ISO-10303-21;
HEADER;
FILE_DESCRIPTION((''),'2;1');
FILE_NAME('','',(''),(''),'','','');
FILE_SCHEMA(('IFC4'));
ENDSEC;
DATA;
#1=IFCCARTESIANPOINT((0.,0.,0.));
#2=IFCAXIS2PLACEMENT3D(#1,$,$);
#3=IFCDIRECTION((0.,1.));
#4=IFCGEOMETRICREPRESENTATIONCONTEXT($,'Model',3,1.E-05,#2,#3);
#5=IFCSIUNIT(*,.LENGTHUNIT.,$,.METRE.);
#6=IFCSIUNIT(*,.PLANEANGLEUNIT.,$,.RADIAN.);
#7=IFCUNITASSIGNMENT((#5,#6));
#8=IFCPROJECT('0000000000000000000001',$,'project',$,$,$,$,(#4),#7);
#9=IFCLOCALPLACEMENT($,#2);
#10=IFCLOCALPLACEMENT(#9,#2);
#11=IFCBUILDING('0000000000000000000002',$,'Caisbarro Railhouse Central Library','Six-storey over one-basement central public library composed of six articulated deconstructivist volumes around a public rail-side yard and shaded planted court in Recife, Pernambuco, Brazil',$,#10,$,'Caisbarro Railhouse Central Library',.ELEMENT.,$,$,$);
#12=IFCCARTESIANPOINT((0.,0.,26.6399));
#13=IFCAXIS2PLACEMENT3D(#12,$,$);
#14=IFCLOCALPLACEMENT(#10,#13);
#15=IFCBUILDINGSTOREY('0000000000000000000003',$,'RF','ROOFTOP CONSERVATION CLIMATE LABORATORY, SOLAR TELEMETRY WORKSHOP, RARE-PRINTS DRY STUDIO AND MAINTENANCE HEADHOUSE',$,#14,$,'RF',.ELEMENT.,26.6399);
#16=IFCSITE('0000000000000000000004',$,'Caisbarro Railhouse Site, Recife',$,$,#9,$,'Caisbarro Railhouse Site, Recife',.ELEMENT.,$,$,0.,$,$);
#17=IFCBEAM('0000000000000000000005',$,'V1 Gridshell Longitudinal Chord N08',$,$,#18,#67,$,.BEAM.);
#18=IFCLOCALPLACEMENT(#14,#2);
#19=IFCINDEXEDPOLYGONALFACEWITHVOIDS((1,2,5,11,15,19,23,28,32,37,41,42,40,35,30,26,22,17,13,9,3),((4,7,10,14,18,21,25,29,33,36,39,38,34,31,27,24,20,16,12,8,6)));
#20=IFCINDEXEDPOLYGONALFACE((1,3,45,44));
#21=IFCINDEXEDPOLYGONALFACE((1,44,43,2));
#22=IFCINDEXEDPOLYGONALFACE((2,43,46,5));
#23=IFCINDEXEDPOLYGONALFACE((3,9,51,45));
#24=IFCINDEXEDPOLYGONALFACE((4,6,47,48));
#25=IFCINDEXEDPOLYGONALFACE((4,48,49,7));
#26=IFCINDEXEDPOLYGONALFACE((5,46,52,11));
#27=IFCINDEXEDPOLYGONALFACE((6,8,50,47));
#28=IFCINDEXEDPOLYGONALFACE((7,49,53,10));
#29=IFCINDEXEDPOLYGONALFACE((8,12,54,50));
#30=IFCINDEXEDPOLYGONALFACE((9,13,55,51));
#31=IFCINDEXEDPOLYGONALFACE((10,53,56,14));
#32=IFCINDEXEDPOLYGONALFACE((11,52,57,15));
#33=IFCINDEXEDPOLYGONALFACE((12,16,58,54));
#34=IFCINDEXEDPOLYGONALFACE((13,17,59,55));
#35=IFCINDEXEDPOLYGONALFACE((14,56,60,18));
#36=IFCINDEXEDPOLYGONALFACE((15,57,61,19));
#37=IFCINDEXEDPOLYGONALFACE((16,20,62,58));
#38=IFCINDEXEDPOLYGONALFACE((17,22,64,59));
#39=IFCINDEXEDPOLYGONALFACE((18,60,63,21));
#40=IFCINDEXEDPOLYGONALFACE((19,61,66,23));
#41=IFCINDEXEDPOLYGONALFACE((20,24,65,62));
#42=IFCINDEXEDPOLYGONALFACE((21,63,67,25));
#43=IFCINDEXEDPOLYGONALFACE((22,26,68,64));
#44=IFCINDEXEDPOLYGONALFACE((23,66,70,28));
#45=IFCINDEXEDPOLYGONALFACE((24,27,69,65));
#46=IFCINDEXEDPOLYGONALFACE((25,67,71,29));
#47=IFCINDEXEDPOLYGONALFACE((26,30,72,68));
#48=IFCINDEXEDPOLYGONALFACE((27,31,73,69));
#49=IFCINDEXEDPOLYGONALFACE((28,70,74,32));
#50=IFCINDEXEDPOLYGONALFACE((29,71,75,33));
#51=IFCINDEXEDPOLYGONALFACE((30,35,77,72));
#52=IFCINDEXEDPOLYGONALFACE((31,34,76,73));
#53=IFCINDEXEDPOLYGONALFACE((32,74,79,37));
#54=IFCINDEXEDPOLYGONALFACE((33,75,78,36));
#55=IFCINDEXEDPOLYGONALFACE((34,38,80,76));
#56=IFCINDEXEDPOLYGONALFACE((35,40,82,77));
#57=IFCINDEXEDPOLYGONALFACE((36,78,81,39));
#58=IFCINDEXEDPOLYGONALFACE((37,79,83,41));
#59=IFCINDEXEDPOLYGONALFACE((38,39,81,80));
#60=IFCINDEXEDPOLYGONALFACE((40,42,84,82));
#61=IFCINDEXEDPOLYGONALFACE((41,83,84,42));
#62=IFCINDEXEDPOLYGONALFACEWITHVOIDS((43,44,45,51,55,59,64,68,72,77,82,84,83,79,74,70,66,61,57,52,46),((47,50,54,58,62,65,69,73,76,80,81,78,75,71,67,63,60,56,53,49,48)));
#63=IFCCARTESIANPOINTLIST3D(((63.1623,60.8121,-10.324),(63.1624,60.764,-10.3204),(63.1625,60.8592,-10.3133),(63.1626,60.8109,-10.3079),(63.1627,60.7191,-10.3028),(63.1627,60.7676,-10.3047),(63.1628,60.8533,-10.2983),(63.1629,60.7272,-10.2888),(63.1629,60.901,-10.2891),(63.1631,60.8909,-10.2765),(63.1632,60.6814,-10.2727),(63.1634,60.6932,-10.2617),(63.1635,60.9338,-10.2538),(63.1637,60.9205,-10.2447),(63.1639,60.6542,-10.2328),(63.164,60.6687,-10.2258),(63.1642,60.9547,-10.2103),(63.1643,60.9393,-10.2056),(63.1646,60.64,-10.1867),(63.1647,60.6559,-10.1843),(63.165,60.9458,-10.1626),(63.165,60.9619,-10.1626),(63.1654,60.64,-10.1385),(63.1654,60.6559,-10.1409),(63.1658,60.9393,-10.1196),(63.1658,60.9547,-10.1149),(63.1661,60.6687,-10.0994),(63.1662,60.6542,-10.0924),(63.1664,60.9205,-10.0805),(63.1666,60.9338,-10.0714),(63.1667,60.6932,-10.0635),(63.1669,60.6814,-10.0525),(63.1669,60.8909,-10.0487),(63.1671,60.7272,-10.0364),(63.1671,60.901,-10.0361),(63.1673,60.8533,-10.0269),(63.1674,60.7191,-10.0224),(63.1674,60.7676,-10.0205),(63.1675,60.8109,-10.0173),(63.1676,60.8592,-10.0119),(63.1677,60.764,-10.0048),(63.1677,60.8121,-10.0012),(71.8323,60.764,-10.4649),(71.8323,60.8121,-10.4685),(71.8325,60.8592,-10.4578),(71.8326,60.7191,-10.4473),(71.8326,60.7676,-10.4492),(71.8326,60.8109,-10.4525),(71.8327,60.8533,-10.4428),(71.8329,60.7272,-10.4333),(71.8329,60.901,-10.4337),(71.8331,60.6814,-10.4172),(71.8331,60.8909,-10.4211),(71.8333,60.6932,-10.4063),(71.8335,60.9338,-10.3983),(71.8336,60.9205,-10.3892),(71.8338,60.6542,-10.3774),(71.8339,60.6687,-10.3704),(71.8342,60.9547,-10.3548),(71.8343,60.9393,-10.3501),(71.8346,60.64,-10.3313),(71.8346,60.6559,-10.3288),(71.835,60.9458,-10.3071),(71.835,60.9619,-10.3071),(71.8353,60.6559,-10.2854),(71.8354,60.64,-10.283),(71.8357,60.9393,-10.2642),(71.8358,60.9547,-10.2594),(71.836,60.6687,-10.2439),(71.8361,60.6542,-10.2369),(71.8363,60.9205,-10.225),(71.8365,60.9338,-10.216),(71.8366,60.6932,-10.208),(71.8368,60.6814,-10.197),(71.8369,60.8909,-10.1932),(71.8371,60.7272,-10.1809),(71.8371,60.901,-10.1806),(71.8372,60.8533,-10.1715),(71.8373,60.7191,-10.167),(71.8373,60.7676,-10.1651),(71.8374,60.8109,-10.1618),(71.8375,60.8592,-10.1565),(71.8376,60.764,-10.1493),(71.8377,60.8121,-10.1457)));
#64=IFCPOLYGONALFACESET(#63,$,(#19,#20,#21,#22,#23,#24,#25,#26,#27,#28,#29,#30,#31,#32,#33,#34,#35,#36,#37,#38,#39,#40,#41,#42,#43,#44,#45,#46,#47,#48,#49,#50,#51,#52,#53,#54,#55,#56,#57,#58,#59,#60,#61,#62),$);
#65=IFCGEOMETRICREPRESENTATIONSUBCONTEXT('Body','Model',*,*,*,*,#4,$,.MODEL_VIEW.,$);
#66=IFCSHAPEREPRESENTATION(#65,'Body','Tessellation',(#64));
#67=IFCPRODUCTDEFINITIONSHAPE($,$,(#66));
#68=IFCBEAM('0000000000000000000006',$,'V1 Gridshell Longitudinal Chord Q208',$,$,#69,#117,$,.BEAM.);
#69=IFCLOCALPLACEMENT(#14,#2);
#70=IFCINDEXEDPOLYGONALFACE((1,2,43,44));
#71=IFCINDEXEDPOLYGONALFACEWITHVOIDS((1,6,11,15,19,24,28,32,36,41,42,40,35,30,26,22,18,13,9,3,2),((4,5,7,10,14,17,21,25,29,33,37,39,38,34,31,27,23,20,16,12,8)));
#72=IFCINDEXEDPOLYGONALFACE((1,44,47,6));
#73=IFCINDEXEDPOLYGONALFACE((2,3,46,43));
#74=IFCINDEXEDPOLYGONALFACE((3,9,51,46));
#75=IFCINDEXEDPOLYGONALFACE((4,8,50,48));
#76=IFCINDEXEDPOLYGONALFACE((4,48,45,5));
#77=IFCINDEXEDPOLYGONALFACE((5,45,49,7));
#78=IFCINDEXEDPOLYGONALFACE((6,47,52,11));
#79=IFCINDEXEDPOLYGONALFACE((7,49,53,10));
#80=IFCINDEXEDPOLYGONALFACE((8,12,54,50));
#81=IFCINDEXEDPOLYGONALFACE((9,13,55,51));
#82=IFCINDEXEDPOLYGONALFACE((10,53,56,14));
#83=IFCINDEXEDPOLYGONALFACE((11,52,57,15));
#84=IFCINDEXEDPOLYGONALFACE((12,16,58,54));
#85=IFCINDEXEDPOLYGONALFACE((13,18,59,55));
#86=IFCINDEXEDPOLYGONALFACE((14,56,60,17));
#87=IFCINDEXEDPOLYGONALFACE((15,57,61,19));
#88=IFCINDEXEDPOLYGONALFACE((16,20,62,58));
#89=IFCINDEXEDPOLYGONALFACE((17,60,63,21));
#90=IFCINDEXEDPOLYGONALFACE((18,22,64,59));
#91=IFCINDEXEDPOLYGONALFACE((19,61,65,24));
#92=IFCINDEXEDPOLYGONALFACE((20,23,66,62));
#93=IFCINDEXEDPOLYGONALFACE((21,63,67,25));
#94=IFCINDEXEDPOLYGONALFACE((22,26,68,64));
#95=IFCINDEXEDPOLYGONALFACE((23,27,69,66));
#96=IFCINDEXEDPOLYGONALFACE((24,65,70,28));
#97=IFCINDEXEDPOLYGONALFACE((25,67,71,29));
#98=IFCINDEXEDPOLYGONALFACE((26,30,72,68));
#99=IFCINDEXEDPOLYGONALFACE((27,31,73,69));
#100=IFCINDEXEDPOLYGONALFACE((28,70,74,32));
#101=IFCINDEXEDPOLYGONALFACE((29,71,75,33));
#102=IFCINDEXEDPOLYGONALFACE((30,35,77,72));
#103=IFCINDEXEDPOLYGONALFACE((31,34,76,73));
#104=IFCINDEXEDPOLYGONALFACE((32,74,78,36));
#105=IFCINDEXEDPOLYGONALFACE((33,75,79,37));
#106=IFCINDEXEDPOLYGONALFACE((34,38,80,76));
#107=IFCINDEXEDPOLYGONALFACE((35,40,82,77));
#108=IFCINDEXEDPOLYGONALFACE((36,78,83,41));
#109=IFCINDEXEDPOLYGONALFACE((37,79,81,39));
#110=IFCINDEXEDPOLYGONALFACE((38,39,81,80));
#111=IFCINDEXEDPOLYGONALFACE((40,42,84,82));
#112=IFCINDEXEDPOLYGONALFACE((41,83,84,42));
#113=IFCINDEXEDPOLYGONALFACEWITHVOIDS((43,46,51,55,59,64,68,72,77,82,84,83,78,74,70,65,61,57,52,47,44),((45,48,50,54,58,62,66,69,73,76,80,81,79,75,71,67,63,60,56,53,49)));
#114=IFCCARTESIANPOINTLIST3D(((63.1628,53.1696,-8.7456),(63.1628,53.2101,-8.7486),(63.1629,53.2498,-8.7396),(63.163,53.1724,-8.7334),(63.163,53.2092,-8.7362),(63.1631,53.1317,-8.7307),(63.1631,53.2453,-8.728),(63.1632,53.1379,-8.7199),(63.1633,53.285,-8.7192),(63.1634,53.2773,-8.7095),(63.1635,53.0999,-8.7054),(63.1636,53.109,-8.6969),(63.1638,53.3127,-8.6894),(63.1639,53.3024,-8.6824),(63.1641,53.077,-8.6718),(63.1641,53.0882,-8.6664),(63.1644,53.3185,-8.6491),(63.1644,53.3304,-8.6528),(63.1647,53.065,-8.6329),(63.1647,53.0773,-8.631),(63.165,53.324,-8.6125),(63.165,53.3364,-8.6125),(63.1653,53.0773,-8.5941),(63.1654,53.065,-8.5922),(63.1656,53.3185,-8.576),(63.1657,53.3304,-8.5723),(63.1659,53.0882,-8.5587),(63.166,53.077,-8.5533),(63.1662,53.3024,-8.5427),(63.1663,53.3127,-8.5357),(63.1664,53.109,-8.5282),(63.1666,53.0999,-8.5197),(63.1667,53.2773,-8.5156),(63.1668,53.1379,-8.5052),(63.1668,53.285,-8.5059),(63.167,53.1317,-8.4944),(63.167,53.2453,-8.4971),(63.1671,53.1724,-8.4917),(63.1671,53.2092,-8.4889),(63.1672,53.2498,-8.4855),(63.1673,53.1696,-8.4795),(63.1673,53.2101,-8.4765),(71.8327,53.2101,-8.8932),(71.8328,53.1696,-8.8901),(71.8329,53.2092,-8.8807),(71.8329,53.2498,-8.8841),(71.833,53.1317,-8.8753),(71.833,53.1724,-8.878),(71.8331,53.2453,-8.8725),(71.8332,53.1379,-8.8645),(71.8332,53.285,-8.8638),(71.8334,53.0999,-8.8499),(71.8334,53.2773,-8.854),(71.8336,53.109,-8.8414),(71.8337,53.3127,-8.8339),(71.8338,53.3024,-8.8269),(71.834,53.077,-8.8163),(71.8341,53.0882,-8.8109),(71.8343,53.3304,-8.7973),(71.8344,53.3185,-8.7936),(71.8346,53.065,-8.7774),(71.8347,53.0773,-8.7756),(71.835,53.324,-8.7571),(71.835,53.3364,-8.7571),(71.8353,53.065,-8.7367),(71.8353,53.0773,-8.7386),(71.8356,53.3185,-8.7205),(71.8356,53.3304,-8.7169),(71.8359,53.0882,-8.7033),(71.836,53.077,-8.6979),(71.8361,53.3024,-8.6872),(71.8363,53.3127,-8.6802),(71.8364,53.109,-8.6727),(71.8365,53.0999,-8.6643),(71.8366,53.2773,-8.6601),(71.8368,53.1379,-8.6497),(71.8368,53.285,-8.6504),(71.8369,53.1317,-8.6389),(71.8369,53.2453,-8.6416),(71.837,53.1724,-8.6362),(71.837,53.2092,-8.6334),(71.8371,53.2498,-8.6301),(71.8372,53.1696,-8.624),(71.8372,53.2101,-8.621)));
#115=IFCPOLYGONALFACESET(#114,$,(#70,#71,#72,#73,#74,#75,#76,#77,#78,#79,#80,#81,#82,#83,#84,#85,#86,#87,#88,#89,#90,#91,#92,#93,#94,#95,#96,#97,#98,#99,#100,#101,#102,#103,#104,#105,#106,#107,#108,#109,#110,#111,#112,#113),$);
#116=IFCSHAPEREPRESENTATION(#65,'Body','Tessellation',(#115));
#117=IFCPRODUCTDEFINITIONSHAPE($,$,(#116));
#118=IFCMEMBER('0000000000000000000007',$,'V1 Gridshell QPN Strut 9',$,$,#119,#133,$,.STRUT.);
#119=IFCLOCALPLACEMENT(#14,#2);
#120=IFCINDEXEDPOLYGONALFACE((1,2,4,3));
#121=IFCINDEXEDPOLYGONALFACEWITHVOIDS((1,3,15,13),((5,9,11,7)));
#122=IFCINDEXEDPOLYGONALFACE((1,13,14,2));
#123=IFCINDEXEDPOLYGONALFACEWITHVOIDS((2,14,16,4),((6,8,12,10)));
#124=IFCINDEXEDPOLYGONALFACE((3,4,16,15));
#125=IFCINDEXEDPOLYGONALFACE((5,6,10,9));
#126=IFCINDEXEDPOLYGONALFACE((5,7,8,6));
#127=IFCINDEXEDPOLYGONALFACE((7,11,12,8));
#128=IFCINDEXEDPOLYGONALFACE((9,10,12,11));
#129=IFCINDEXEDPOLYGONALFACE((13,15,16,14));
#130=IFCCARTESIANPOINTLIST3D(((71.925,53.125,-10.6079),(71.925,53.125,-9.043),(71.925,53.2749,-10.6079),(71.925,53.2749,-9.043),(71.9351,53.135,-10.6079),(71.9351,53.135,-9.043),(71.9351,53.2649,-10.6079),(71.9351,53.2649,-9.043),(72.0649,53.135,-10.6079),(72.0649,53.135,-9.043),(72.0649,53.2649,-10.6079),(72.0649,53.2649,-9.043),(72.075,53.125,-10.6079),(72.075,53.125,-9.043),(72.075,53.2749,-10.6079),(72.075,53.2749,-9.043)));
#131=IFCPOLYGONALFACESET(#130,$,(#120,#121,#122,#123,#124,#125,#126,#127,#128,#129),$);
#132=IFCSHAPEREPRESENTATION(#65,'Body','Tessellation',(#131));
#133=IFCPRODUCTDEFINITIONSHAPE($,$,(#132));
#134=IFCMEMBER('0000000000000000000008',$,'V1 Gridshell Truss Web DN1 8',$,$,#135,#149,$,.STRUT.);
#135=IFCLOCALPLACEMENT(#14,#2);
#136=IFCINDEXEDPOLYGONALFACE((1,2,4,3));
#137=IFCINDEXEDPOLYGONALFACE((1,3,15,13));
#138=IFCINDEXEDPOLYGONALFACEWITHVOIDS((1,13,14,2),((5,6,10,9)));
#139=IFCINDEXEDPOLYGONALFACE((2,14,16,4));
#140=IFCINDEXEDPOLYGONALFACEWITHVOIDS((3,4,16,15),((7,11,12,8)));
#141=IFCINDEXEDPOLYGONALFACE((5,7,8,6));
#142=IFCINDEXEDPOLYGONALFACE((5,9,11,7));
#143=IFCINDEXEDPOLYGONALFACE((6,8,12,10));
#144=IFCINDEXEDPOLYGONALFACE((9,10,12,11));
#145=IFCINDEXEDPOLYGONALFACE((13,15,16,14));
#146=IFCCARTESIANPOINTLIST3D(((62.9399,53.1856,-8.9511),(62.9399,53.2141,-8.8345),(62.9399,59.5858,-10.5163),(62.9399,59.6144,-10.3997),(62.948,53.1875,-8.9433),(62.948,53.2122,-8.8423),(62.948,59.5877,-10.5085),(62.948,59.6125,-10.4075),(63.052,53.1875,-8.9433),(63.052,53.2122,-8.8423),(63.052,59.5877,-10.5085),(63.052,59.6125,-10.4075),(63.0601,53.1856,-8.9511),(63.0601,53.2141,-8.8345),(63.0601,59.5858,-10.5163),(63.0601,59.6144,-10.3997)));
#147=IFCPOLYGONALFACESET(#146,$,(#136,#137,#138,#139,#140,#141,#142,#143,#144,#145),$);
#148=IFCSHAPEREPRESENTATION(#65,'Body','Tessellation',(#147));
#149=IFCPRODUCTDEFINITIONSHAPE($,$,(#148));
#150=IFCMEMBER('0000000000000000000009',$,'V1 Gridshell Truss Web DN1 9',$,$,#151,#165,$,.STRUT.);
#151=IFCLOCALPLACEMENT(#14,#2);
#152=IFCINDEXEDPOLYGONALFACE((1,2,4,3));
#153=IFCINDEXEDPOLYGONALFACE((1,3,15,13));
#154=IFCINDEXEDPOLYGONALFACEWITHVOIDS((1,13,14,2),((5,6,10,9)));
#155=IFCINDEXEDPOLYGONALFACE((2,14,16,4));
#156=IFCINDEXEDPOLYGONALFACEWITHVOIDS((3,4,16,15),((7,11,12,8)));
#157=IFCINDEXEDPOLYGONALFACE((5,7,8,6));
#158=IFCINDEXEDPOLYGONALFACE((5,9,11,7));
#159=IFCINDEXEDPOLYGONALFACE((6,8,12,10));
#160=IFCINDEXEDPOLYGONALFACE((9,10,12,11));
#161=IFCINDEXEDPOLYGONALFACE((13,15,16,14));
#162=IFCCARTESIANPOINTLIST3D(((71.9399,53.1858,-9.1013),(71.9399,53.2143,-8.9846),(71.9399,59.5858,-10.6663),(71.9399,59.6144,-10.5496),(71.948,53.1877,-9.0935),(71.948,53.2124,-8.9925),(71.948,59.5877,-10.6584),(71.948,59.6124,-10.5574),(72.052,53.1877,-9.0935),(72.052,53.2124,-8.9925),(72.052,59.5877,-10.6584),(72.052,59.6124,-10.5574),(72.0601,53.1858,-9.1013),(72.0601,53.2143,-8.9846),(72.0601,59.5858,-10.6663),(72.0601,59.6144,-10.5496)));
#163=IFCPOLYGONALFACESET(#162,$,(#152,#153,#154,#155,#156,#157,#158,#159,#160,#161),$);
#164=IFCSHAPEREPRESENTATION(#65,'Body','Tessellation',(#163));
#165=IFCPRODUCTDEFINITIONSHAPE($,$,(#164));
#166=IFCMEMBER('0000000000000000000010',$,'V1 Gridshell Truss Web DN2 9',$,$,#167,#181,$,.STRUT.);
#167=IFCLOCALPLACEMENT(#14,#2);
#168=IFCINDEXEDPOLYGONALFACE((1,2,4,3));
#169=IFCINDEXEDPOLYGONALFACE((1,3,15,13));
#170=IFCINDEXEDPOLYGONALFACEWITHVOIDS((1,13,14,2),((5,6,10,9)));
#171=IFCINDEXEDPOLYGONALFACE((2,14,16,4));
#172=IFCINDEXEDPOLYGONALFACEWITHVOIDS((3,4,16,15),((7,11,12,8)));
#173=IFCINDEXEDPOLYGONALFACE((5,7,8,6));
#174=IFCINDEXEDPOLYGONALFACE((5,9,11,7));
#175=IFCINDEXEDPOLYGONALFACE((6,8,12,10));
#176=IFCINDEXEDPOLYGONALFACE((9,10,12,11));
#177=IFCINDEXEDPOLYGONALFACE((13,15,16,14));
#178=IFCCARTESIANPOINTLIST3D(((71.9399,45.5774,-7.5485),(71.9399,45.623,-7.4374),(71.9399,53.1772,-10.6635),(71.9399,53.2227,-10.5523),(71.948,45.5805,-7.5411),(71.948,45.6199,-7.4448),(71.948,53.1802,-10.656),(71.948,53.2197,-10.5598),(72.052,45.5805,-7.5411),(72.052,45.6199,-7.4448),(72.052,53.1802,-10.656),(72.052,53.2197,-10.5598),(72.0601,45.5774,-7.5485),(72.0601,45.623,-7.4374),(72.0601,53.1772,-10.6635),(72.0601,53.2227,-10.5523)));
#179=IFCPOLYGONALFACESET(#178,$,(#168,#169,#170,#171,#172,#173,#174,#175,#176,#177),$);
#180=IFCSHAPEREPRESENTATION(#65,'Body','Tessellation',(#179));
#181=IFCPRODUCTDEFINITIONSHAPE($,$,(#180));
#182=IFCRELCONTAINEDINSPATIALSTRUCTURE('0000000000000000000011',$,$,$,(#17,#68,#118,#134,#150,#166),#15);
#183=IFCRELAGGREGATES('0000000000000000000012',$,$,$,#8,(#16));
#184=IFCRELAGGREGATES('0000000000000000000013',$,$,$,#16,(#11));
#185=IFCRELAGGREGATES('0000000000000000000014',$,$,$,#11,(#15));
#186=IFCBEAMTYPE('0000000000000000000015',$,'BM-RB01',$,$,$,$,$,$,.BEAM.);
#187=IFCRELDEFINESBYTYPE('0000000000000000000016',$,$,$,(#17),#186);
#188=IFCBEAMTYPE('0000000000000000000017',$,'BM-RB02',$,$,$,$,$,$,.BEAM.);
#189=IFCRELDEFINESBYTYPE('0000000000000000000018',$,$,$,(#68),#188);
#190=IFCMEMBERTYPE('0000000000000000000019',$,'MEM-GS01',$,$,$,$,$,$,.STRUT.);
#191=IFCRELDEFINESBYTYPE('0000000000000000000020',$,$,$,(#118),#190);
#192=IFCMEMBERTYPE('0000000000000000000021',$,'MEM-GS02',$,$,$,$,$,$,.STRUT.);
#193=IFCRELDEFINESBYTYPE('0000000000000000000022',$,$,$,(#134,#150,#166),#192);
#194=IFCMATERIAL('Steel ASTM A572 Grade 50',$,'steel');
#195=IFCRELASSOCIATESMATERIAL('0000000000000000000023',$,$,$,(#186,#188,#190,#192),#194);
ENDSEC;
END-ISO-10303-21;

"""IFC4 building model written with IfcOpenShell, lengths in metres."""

from ifc_helpers import new_model, si_unit, direction, frame, origin, origin_2d, place, context, subcontext, project, spatial, hollow_rectangle, hollow_circle, extrude, material, material_profile, profile_set, type_object, element, save


model = new_model("IFC4")

# Units and contexts
model_context = context("Model", 3, precision=1e-05, world=origin(), true_north=direction((0.0, 1.0)))
body_context = subcontext(model_context, "Body", "Model", "MODEL_VIEW")
ifc_project = project(units=[si_unit("LENGTHUNIT", "METRE"), si_unit("PLANEANGLEUNIT", "RADIAN")], contexts=[model_context])

# Site, building, storey
site_placement = place(None, origin())
site = spatial("IfcSite", under=ifc_project, at=site_placement, Name="Caisbarro Railhouse Site, Recife", LongName="Caisbarro Railhouse Site, Recife", CompositionType="ELEMENT", RefElevation=0.0)
building_placement = place(site_placement, origin())
building = spatial("IfcBuilding", under=site, at=building_placement, Name="Caisbarro Railhouse Central Library", Description="Six-storey over one-basement central public library composed of six articulated deconstructivist volumes around a public rail-side yard and shaded planted court in Recife, Pernambuco, Brazil", LongName="Caisbarro Railhouse Central Library", CompositionType="ELEMENT")
storey_placement = place(building_placement, frame((0.0, 0.0, 26.6399)))
storey = spatial("IfcBuildingStorey", under=building, at=storey_placement, Name="RF", Description="ROOFTOP CONSERVATION CLIMATE LABORATORY, SOLAR TELEMETRY WORKSHOP, RARE-PRINTS DRY STUDIO AND MAINTENANCE HEADHOUSE", LongName="RF", CompositionType="ELEMENT", Elevation=26.6399)

# Beams
ifc_material = material(Name="Steel ASTM A572 Grade 50", Category="steel")
ifc_material_profile_1 = material_profile(ifc_material, hollow_circle(Radius=0.1619, WallThickness=0.0161, at=origin_2d()), Name="CHS323.9X16.0")
ifc_profile_set_1 = profile_set([ifc_material_profile_1], Name="Steel ASTM A572 Grade 50")
beam_type_1 = type_object("IfcBeamType", Name="BM-RB01", PredefinedType="BEAM", material=ifc_profile_set_1)
beam_1_placement = place(storey_placement, frame((63.165, 60.8, -10.1626), z_axis=(0.999861, 0.0, -0.016668), x_axis=(0.0, 1.0, 0.0)))
element("IfcBeam", 1, at=beam_1_placement, inside=storey, type_object=beam_type_1, Name="V1 Gridshell Longitudinal Chord N08", PredefinedType="BEAM", context=body_context, shape_type="SweptSolid", body=[
    extrude(hollow_circle(Radius=0.1619, WallThickness=0.0161, at=origin_2d()), origin(), (0.0, 0.0, 1.0), 8.6711),
])
ifc_material_profile_2 = material_profile(ifc_material, hollow_circle(Radius=0.1365, WallThickness=0.0125, at=origin_2d()), Name="CHS273.0X12.5")
ifc_profile_set_2 = profile_set([ifc_material_profile_2], Name="Steel ASTM A572 Grade 50")
beam_type_2 = type_object("IfcBeamType", Name="BM-RB02", PredefinedType="BEAM", material=ifc_profile_set_2)
beam_2_placement = place(storey_placement, frame((63.165, 53.2, -8.6125), z_axis=(0.999861, 0.0, -0.016668), x_axis=(0.0, 1.0, 0.0)))
element("IfcBeam", 2, at=beam_2_placement, inside=storey, type_object=beam_type_2, Name="V1 Gridshell Longitudinal Chord Q208", PredefinedType="BEAM", context=body_context, shape_type="SweptSolid", body=[
    extrude(hollow_circle(Radius=0.1365, WallThickness=0.0125, at=origin_2d()), origin(), (0.0, 0.0, 1.0), 8.6711),
])

# Members
ifc_material_profile_3 = material_profile(ifc_material, hollow_rectangle(XDim=0.1499, YDim=0.1499, WallThickness=0.01, at=origin_2d()), Name="HSS150X150X10")
ifc_profile_set_3 = profile_set([ifc_material_profile_3], Name="Steel ASTM A572 Grade 50")
member_type_1 = type_object("IfcMemberType", Name="MEM-GS01", PredefinedType="STRUT", material=ifc_profile_set_3)
member_1_placement = place(storey_placement, frame((72.0, 53.2, -10.6079), z_axis=(0.0, 0.0, 1.0), x_axis=(1.0, 0.0, 0.0)))
element("IfcMember", 3, at=member_1_placement, inside=storey, type_object=member_type_1, Name="V1 Gridshell QPN Strut 9", PredefinedType="STRUT", context=body_context, shape_type="SweptSolid", body=[
    extrude(hollow_rectangle(XDim=0.1499, YDim=0.1499, WallThickness=0.01, at=origin_2d()), origin(), (0.0, 0.0, 1.0), 1.5649),
])
ifc_material_profile_4 = material_profile(ifc_material, hollow_rectangle(XDim=0.1201, YDim=0.1201, WallThickness=0.0081, at=origin_2d()), Name="HSS120X120X8")
ifc_profile_set_4 = profile_set([ifc_material_profile_4], Name="Steel ASTM A572 Grade 50")
member_type_2 = type_object("IfcMemberType", Name="MEM-GS02", PredefinedType="STRUT", material=ifc_profile_set_4)
member_2_placement = place(storey_placement, frame((63.0, 59.6001, -10.458), z_axis=(0.0, -0.971374, 0.237554), x_axis=(1.0, 0.0, 0.0)))
element("IfcMember", 4, at=member_2_placement, inside=storey, type_object=member_type_2, Name="V1 Gridshell Truss Web DN1 8", PredefinedType="STRUT", context=body_context, shape_type="SweptSolid", body=[
    extrude(hollow_rectangle(XDim=0.1201, YDim=0.1201, WallThickness=0.0081, at=origin_2d()), origin(), (0.0, 0.0, 1.0), 6.5889),
])
member_3_placement = place(storey_placement, frame((72.0, 59.6001, -10.6079), z_axis=(0.0, -0.971383, 0.237519), x_axis=(1.0, 0.0, 0.0)))
element("IfcMember", 5, at=member_3_placement, inside=storey, type_object=member_type_2, Name="V1 Gridshell Truss Web DN1 9", PredefinedType="STRUT", context=body_context, shape_type="SweptSolid", body=[
    extrude(hollow_rectangle(XDim=0.1201, YDim=0.1201, WallThickness=0.0081, at=origin_2d()), origin(), (0.0, 0.0, 1.0), 6.5886),
])
member_4_placement = place(storey_placement, frame((72.0, 53.2, -10.6079), z_axis=(0.0, -0.925292, 0.379254), x_axis=(1.0, 0.0, 0.0)))
element("IfcMember", 6, at=member_4_placement, inside=storey, type_object=member_type_2, Name="V1 Gridshell Truss Web DN2 9", PredefinedType="STRUT", context=body_context, shape_type="SweptSolid", body=[
    extrude(hollow_rectangle(XDim=0.1201, YDim=0.1201, WallThickness=0.0081, at=origin_2d()), origin(), (0.0, 0.0, 1.0), 8.2134),
])

save(model, "model.ifc")
